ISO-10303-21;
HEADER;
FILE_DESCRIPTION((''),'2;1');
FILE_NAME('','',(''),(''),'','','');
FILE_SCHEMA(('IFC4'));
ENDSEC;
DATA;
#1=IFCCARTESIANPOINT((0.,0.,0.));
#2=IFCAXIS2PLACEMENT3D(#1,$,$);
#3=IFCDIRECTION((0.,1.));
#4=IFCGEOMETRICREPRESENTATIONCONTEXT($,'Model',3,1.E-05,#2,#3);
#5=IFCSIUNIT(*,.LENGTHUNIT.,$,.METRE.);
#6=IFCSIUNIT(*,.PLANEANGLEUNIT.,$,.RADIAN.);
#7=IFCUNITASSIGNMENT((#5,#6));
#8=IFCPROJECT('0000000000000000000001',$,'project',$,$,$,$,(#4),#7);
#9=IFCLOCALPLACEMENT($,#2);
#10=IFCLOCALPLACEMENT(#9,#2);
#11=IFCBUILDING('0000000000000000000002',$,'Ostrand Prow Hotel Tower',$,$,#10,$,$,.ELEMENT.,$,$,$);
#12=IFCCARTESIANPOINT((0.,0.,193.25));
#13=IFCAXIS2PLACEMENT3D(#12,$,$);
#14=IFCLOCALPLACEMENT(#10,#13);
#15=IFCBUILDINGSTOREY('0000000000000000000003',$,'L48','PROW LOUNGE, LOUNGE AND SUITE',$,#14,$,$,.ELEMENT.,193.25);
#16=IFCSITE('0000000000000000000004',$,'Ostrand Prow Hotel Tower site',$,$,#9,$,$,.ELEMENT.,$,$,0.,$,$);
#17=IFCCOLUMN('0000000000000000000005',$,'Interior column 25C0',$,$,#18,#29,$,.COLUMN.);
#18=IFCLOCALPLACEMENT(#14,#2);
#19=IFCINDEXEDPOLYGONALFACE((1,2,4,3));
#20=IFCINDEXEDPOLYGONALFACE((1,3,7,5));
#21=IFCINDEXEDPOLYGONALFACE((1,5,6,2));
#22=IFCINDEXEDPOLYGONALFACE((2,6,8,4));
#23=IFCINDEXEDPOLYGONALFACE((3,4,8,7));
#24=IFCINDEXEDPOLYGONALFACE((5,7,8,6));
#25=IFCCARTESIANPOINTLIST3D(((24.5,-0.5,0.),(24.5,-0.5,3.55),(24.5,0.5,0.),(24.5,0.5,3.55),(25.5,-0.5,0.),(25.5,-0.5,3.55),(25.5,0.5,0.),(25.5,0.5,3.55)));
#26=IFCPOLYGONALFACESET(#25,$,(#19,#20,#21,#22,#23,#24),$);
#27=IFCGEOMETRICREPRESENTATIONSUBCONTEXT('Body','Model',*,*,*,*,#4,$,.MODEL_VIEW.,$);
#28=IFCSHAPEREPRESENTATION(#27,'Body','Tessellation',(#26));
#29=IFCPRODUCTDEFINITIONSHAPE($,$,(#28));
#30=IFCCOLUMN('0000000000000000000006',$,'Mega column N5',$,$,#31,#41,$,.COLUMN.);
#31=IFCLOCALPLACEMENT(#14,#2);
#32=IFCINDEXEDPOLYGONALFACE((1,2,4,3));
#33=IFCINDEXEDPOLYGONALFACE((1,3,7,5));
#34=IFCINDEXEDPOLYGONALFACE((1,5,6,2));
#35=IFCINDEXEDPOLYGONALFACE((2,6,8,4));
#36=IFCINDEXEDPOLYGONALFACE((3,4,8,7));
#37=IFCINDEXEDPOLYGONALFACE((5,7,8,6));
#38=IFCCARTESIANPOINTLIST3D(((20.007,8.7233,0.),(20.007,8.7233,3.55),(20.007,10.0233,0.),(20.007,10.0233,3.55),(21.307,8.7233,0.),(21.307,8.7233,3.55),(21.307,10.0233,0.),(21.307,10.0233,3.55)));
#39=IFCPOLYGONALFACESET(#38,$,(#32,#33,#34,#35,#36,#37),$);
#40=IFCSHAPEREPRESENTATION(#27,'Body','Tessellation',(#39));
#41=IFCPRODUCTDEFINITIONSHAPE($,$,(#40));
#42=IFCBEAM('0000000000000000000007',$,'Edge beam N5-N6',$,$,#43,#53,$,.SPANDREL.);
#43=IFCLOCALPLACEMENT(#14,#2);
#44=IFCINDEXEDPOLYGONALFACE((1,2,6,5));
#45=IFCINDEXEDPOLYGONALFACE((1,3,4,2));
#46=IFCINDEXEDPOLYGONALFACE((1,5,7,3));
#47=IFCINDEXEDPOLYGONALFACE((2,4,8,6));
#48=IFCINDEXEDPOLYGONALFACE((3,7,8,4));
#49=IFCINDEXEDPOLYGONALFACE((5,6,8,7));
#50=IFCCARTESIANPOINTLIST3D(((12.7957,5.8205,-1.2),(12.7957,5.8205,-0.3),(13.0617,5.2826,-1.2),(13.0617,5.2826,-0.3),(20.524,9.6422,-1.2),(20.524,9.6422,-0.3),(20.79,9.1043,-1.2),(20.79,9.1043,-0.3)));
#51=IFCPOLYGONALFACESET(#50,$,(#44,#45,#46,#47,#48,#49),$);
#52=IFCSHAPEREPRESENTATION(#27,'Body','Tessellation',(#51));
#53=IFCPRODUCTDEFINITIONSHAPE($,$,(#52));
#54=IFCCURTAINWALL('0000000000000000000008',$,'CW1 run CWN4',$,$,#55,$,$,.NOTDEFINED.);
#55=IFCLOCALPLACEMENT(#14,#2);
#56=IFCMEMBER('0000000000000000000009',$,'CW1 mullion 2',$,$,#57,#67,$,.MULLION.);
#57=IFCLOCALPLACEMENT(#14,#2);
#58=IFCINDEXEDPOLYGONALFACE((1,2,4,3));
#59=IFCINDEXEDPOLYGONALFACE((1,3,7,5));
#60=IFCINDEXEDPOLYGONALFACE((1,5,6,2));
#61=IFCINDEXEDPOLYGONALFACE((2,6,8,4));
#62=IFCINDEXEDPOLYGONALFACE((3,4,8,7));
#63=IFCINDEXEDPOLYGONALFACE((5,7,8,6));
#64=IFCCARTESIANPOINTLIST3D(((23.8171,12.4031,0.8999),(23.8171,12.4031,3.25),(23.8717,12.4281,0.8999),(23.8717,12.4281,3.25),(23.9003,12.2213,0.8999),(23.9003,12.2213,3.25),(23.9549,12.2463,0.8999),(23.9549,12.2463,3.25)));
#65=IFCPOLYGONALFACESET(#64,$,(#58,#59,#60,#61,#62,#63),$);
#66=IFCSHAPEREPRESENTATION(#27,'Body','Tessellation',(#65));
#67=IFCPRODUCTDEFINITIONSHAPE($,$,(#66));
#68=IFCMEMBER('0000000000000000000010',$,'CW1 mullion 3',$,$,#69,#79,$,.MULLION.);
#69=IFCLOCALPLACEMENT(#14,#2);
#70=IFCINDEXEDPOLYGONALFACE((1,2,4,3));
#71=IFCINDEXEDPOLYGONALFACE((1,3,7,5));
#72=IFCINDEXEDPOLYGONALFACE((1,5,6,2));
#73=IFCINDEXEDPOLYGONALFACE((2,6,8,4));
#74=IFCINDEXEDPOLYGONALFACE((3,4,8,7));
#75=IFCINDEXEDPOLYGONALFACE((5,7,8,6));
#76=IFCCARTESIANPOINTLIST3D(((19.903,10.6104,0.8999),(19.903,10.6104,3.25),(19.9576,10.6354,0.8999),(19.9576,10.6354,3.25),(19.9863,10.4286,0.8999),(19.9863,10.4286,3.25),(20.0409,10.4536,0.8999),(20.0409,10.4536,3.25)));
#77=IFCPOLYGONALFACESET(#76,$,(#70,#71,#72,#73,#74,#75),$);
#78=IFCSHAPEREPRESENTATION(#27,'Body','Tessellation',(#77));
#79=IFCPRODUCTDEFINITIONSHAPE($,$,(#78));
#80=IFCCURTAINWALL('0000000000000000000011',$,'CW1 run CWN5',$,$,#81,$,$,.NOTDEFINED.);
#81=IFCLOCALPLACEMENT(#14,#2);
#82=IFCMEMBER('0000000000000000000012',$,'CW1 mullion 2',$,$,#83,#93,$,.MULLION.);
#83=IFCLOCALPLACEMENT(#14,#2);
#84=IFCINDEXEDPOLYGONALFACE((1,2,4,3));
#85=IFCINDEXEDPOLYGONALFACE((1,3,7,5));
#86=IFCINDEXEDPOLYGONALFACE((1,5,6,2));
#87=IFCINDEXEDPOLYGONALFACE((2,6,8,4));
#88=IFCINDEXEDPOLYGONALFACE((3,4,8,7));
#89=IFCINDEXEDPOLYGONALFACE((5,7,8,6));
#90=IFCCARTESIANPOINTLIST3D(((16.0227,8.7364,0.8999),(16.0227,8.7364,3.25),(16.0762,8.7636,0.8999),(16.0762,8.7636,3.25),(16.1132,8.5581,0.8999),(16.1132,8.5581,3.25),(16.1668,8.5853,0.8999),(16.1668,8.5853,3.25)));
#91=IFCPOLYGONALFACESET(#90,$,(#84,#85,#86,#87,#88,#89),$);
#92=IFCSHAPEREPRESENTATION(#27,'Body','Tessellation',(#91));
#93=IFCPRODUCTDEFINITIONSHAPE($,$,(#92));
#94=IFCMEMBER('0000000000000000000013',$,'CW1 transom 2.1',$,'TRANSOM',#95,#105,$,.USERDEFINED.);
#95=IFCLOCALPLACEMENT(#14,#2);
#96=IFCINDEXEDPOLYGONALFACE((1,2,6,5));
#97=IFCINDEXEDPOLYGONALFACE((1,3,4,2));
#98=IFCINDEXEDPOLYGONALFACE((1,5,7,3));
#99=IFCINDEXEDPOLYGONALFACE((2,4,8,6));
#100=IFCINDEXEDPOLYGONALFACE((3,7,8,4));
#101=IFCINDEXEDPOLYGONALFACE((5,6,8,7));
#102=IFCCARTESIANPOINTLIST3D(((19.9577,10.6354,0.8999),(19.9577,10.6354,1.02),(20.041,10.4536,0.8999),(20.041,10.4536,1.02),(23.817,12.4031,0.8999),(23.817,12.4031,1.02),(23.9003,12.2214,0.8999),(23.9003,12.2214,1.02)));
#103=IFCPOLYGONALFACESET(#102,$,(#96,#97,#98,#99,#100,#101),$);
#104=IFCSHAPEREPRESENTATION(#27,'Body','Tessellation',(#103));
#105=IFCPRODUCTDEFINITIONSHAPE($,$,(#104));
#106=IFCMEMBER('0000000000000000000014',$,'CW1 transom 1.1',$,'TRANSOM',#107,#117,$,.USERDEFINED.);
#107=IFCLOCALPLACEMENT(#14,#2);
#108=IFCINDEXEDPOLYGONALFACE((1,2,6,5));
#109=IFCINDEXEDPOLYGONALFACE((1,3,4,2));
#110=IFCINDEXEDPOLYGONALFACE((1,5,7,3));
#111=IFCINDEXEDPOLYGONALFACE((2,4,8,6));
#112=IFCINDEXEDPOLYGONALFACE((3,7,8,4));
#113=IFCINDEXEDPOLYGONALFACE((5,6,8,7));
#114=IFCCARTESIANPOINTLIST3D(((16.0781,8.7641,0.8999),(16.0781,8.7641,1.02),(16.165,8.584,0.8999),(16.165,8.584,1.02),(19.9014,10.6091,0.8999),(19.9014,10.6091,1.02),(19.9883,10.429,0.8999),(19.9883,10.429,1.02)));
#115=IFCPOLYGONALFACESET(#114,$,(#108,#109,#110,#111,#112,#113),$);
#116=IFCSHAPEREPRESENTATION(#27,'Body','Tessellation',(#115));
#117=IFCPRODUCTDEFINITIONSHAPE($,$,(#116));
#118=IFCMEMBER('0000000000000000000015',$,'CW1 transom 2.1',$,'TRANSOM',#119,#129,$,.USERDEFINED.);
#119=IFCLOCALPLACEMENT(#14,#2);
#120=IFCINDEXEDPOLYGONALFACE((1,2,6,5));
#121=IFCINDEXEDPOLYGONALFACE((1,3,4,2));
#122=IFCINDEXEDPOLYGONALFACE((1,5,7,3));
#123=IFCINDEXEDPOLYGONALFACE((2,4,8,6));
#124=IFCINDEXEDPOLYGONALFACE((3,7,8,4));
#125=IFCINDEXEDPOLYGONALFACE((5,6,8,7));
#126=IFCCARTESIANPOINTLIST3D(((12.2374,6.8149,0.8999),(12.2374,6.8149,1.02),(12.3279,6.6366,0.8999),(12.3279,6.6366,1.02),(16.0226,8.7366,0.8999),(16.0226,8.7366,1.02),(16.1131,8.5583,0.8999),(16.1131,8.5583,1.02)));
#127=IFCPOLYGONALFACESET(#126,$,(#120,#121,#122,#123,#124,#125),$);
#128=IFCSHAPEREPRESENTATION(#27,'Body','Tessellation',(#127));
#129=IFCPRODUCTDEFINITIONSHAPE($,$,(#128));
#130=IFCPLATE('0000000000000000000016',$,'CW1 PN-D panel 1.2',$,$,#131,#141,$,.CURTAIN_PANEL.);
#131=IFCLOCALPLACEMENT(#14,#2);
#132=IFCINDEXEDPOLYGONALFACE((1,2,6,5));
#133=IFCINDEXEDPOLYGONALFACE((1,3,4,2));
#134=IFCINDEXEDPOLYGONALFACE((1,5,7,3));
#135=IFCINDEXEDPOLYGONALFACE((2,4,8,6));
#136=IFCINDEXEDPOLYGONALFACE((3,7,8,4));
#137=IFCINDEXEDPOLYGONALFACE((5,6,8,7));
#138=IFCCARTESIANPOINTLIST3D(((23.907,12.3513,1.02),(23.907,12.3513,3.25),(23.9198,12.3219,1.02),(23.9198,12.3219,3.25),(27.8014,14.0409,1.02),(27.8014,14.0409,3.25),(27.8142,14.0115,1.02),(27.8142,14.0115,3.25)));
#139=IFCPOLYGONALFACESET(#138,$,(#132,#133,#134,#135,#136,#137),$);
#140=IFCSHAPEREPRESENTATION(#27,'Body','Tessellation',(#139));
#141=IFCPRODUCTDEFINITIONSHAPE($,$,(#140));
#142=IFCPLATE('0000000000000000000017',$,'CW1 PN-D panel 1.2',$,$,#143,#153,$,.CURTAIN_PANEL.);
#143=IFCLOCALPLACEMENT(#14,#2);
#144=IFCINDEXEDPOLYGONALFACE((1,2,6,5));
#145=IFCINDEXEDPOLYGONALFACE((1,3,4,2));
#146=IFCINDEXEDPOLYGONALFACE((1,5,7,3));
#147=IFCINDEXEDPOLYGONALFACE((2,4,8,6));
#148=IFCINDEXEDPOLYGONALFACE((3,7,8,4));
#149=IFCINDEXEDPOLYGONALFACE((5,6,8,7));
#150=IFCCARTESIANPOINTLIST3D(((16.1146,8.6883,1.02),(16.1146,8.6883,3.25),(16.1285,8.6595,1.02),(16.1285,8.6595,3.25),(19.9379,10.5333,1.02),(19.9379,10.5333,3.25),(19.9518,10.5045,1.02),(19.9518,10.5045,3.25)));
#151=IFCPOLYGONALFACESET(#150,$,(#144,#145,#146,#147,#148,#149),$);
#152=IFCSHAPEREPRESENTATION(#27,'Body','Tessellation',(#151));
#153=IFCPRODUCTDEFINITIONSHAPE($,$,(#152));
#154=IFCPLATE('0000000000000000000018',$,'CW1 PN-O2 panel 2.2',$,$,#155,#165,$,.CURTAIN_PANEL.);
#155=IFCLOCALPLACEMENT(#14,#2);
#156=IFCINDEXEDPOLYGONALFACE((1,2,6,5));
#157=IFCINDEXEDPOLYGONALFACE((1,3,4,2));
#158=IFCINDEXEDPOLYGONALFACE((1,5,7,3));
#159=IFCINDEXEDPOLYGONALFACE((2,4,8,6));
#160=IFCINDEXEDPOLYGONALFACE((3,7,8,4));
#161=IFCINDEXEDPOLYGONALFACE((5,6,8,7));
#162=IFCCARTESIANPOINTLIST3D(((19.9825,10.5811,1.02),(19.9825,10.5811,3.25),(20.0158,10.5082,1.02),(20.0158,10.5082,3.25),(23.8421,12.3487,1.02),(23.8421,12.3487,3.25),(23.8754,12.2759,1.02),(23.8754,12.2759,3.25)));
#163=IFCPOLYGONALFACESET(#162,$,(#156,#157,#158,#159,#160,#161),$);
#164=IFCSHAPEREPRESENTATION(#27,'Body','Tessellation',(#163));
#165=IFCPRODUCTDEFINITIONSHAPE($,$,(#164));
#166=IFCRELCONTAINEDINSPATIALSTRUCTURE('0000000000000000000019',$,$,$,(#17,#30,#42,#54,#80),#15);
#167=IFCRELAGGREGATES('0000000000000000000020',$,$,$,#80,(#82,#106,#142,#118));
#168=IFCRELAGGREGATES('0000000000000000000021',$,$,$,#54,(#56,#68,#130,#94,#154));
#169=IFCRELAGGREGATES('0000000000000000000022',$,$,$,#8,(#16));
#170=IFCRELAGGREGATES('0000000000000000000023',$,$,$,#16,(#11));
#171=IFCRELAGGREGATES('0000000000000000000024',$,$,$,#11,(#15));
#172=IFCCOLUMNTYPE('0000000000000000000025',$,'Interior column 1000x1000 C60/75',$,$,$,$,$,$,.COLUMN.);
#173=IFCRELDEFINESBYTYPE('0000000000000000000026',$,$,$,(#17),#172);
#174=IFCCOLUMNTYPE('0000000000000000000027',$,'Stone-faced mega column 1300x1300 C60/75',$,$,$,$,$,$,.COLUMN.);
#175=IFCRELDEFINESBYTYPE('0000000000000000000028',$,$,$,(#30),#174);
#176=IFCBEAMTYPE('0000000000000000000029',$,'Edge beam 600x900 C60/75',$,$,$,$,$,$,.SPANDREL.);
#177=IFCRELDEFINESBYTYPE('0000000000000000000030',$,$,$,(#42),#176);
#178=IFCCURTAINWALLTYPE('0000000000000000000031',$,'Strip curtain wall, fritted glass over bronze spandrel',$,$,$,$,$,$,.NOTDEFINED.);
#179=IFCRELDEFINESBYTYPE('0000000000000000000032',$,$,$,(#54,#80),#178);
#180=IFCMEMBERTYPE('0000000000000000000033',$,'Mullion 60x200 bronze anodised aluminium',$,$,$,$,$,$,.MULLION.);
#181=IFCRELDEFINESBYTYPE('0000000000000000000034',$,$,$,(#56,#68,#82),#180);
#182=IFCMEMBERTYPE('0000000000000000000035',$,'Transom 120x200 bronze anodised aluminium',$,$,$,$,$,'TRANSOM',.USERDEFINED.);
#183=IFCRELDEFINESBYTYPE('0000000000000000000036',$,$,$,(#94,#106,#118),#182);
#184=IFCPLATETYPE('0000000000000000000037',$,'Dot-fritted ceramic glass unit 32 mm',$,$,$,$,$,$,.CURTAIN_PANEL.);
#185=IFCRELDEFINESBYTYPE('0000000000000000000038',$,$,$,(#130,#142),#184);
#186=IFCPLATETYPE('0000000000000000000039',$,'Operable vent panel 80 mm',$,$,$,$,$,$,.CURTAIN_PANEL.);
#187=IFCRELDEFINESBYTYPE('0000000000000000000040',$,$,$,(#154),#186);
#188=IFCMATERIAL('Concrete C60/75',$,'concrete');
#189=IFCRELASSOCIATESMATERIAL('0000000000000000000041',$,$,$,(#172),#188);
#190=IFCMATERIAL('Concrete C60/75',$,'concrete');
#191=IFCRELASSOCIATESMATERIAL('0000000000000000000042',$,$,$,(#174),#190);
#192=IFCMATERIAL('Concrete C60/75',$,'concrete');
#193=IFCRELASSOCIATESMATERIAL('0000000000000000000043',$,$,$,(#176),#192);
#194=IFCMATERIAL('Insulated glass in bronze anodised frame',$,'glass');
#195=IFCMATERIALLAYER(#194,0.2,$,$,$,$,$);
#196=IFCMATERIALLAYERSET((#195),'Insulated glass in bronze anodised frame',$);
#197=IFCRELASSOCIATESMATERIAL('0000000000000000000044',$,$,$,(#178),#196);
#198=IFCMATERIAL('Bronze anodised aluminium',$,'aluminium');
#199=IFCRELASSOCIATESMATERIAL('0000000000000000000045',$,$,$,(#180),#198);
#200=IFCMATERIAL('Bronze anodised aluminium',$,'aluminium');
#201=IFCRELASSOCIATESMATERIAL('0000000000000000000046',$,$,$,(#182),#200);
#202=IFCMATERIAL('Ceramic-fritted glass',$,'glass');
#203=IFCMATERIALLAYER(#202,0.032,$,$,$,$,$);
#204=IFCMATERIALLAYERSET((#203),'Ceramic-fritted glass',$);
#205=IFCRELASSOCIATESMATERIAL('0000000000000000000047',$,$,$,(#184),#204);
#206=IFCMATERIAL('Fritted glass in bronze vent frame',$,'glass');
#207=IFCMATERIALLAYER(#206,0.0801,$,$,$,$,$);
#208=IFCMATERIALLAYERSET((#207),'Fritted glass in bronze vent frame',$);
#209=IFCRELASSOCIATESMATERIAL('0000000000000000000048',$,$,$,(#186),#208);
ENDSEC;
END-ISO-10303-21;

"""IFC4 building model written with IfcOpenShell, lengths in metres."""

from ifc_helpers import new_model, si_unit, direction, frame, origin, origin_2d, place, context, subcontext, project, spatial, rectangle, extrude, material, layer, layer_set, material_profile, profile_set, type_object, element, aggregate, save


model = new_model("IFC4")

# Units and contexts
model_context = context("Model", 3, precision=1e-05, world=origin(), true_north=direction((0.0, 1.0)))
body_context = subcontext(model_context, "Body", "Model", "MODEL_VIEW")
ifc_project = project(units=[si_unit("LENGTHUNIT", "METRE"), si_unit("PLANEANGLEUNIT", "RADIAN")], contexts=[model_context])

# Site, building, storey
site_placement = place(None, origin())
site = spatial("IfcSite", under=ifc_project, at=site_placement, Name="Ostrand Prow Hotel Tower site", CompositionType="ELEMENT", RefElevation=0.0)
building_placement = place(site_placement, origin())
building = spatial("IfcBuilding", under=site, at=building_placement, Name="Ostrand Prow Hotel Tower", CompositionType="ELEMENT")
storey_placement = place(building_placement, frame((0.0, 0.0, 193.25)))
storey = spatial("IfcBuildingStorey", under=building, at=storey_placement, Name="L48", Description="PROW LOUNGE, LOUNGE AND SUITE", CompositionType="ELEMENT", Elevation=193.25)

# Columns
ifc_material_1 = material(Name="Concrete C60/75", Category="concrete")
ifc_material_profile_1 = material_profile(ifc_material_1, rectangle(XDim=1.0, YDim=1.0, at=origin_2d()), Name="RC 1000x1000")
ifc_profile_set_1 = profile_set([ifc_material_profile_1], Name="Concrete C60/75")
column_type_1 = type_object("IfcColumnType", Name="Interior column 1000x1000 C60/75", PredefinedType="COLUMN", material=ifc_profile_set_1)
column_1_placement = place(storey_placement, frame((25.0, 0.0, 0.0), z_axis=(0.0, 0.0, 1.0), x_axis=(1.0, 0.0, 0.0)))
element("IfcColumn", 1, at=column_1_placement, inside=storey, type_object=column_type_1, Name="Interior column 25C0", PredefinedType="COLUMN", context=body_context, shape_type="SweptSolid", body=[
    extrude(rectangle(XDim=1.0, YDim=1.0, at=origin_2d()), origin(), (0.0, 0.0, 1.0), 3.55),
])
ifc_material_2 = material(Name="Concrete C60/75", Category="concrete")
ifc_material_profile_2 = material_profile(ifc_material_2, rectangle(XDim=1.3, YDim=1.3, at=origin_2d()), Name="RC 1300x1300")
ifc_profile_set_2 = profile_set([ifc_material_profile_2], Name="Concrete C60/75")
column_type_2 = type_object("IfcColumnType", Name="Stone-faced mega column 1300x1300 C60/75", PredefinedType="COLUMN", material=ifc_profile_set_2)
column_2_placement = place(storey_placement, frame((20.657, 9.3733, 0.0), z_axis=(0.0, 0.0, 1.0), x_axis=(1.0, 0.0, 0.0)))
element("IfcColumn", 2, at=column_2_placement, inside=storey, type_object=column_type_2, Name="Mega column N5", PredefinedType="COLUMN", context=body_context, shape_type="SweptSolid", body=[
    extrude(rectangle(XDim=1.3, YDim=1.3, at=origin_2d()), origin(), (0.0, 0.0, 1.0), 3.55),
])

# Beam
ifc_material_3 = material(Name="Concrete C60/75", Category="concrete")
ifc_material_profile_3 = material_profile(ifc_material_3, rectangle(XDim=0.6001, YDim=0.8999, at=origin_2d()), Name="RC 600x900")
ifc_profile_set_3 = profile_set([ifc_material_profile_3], Name="Concrete C60/75")
beam_type = type_object("IfcBeamType", Name="Edge beam 600x900 C60/75", PredefinedType="SPANDREL", material=ifc_profile_set_3)
beam_placement = place(storey_placement, frame((20.657, 9.3733, -0.75), z_axis=(-0.896384, -0.443279, 0.0), x_axis=(0.443279, -0.896384, 0.0)))
element("IfcBeam", 3, at=beam_placement, inside=storey, type_object=beam_type, Name="Edge beam N5-N6", PredefinedType="SPANDREL", context=body_context, shape_type="SweptSolid", body=[
    extrude(rectangle(XDim=0.6001, YDim=0.8999, at=origin_2d()), origin(), (0.0, 0.0, 1.0), 8.6216),
])

# Curtain wall, members
ifc_material_4 = material(Name="Insulated glass in bronze anodised frame", Category="glass")
ifc_layer_1 = layer(ifc_material_4, 0.2)
ifc_layer_set_1 = layer_set([ifc_layer_1], Name="Insulated glass in bronze anodised frame")
curtain_wall_type = type_object("IfcCurtainWallType", Name="Strip curtain wall, fritted glass over bronze spandrel", PredefinedType="NOTDEFINED", material=ifc_layer_set_1)
curtain_wall_1_placement = place(storey_placement, origin())
curtain_wall_1 = element("IfcCurtainWall", 4, at=curtain_wall_1_placement, inside=storey, type_object=curtain_wall_type, Name="CW1 run CWN4", PredefinedType="NOTDEFINED")
ifc_material_5 = material(Name="Bronze anodised aluminium", Category="aluminium")
ifc_material_profile_4 = material_profile(ifc_material_5, rectangle(XDim=0.2, YDim=0.0601, at=origin_2d()), Name="Mullion 60x200 bronze anodised aluminium")
ifc_profile_set_4 = profile_set([ifc_material_profile_4], Name="Bronze anodised aluminium")
member_type_1 = type_object("IfcMemberType", Name="Mullion 60x200 bronze anodised aluminium", PredefinedType="MULLION", material=ifc_profile_set_4)
member_1_placement = place(storey_placement, frame((23.886, 12.3247, 0.8999), z_axis=(0.0, 0.0, 1.0), x_axis=(0.416393, -0.909185, 0.0)))
member_1 = element("IfcMember", 5, at=member_1_placement, type_object=member_type_1, Name="CW1 mullion 2", PredefinedType="MULLION", context=body_context, shape_type="SweptSolid", body=[
    extrude(rectangle(XDim=0.2, YDim=0.0601, at=origin_2d()), origin(), (0.0, 0.0, 1.0), 2.3501),
])
member_2_placement = place(storey_placement, frame((19.9719, 10.532, 0.8999), z_axis=(0.0, 0.0, 1.0), x_axis=(0.416393, -0.909185, 0.0)))
member_2 = element("IfcMember", 6, at=member_2_placement, type_object=member_type_1, Name="CW1 mullion 3", PredefinedType="MULLION", context=body_context, shape_type="SweptSolid", body=[
    extrude(rectangle(XDim=0.2, YDim=0.0601, at=origin_2d()), origin(), (0.0, 0.0, 1.0), 2.3501),
])

# Curtain wall, member
curtain_wall_2_placement = place(storey_placement, origin())
curtain_wall_2 = element("IfcCurtainWall", 7, at=curtain_wall_2_placement, inside=storey, type_object=curtain_wall_type, Name="CW1 run CWN5", PredefinedType="NOTDEFINED")
member_3_placement = place(storey_placement, frame((16.0947, 8.6609, 0.8999), z_axis=(0.0, 0.0, 1.0), x_axis=(0.452659, -0.891684, 0.0)))
member_3 = element("IfcMember", 8, at=member_3_placement, type_object=member_type_1, Name="CW1 mullion 2", PredefinedType="MULLION", context=body_context, shape_type="SweptSolid", body=[
    extrude(rectangle(XDim=0.2, YDim=0.0601, at=origin_2d()), origin(), (0.0, 0.0, 1.0), 2.3501),
])

# Members
ifc_material_6 = material(Name="Bronze anodised aluminium", Category="aluminium")
ifc_material_profile_5 = material_profile(ifc_material_6, rectangle(XDim=0.2, YDim=0.1201, at=origin_2d()), Name="Transom 120x200 bronze anodised aluminium")
ifc_profile_set_5 = profile_set([ifc_material_profile_5], Name="Bronze anodised aluminium")
member_type_2 = type_object("IfcMemberType", Name="Transom 120x200 bronze anodised aluminium", ElementType="TRANSOM", PredefinedType="USERDEFINED", material=ifc_profile_set_5)
member_4_placement = place(storey_placement, frame((23.8586, 12.3123, 0.96), z_axis=(-0.909159, -0.416449, 0.0), x_axis=(0.416449, -0.909159, 0.0)))
member_4 = element("IfcMember", 9, at=member_4_placement, type_object=member_type_2, Name="CW1 transom 2.1", ObjectType="TRANSOM", PredefinedType="USERDEFINED", context=body_context, shape_type="SweptSolid", body=[
    extrude(rectangle(XDim=0.2, YDim=0.1201, at=origin_2d()), origin(), (0.0, 0.0, 1.0), 4.2449),
])
member_5_placement = place(storey_placement, frame((19.9448, 10.519, 0.96), z_axis=(-0.900619, -0.434609, 0.0), x_axis=(0.434609, -0.900619, 0.0)))
member_5 = element("IfcMember", 10, at=member_5_placement, type_object=member_type_2, Name="CW1 transom 1.1", ObjectType="TRANSOM", PredefinedType="USERDEFINED", context=body_context, shape_type="SweptSolid", body=[
    extrude(rectangle(XDim=0.2, YDim=0.1201, at=origin_2d()), origin(), (0.0, 0.0, 1.0), 4.2451),
])
member_6_placement = place(storey_placement, frame((16.0679, 8.6475, 0.96), z_axis=(-0.891673, -0.45268, 0.0), x_axis=(0.45268, -0.891673, 0.0)))
member_6 = element("IfcMember", 11, at=member_6_placement, type_object=member_type_2, Name="CW1 transom 2.1", ObjectType="TRANSOM", PredefinedType="USERDEFINED", context=body_context, shape_type="SweptSolid", body=[
    extrude(rectangle(XDim=0.2, YDim=0.1201, at=origin_2d()), origin(), (0.0, 0.0, 1.0), 4.2451),
])

# Plates
ifc_material_7 = material(Name="Ceramic-fritted glass", Category="glass")
ifc_layer_2 = layer(ifc_material_7, 0.032)
ifc_layer_set_2 = layer_set([ifc_layer_2], Name="Ceramic-fritted glass")
plate_type_1 = type_object("IfcPlateType", Name="Dot-fritted ceramic glass unit 32 mm", PredefinedType="CURTAIN_PANEL", material=ifc_layer_set_2)
plate_1_placement = place(storey_placement, frame((25.8606, 13.1814, 1.02), z_axis=(0.0, 0.0, 1.0), x_axis=(-0.917383, -0.398005, 0.0)))
plate_1 = element("IfcPlate", 12, at=plate_1_placement, type_object=plate_type_1, Name="CW1 PN-D panel 1.2", PredefinedType="CURTAIN_PANEL", context=body_context, shape_type="SweptSolid", body=[
    extrude(rectangle(XDim=4.2451, YDim=0.032, at=origin_2d()), origin(), (0.0, 0.0, 1.0), 2.23),
])
plate_2_placement = place(storey_placement, frame((18.0332, 9.5964, 1.02), z_axis=(0.0, 0.0, 1.0), x_axis=(-0.900616, -0.434615, 0.0)))
plate_2 = element("IfcPlate", 13, at=plate_2_placement, type_object=plate_type_1, Name="CW1 PN-D panel 1.2", PredefinedType="CURTAIN_PANEL", context=body_context, shape_type="SweptSolid", body=[
    extrude(rectangle(XDim=4.2451, YDim=0.032, at=origin_2d()), origin(), (0.0, 0.0, 1.0), 2.23),
])
aggregate(curtain_wall_2, [member_3, member_5, plate_2, member_6])
ifc_material_8 = material(Name="Fritted glass in bronze vent frame", Category="glass")
ifc_layer_3 = layer(ifc_material_8, 0.0801)
ifc_layer_set_3 = layer_set([ifc_layer_3], Name="Fritted glass in bronze vent frame")
plate_type_2 = type_object("IfcPlateType", Name="Operable vent panel 80 mm", PredefinedType="CURTAIN_PANEL", material=ifc_layer_set_3)
plate_3_placement = place(storey_placement, frame((21.929, 11.4285, 1.02), z_axis=(0.0, 0.0, 1.0), x_axis=(-0.909185, -0.416393, 0.0)))
plate_3 = element("IfcPlate", 14, at=plate_3_placement, type_object=plate_type_2, Name="CW1 PN-O2 panel 2.2", PredefinedType="CURTAIN_PANEL", context=body_context, shape_type="SweptSolid", body=[
    extrude(rectangle(XDim=4.2451, YDim=0.0801, at=origin_2d()), origin(), (0.0, 0.0, 1.0), 2.23),
])
aggregate(curtain_wall_1, [member_1, member_2, plate_1, member_4, plate_3])

save(model, "model.ifc")
